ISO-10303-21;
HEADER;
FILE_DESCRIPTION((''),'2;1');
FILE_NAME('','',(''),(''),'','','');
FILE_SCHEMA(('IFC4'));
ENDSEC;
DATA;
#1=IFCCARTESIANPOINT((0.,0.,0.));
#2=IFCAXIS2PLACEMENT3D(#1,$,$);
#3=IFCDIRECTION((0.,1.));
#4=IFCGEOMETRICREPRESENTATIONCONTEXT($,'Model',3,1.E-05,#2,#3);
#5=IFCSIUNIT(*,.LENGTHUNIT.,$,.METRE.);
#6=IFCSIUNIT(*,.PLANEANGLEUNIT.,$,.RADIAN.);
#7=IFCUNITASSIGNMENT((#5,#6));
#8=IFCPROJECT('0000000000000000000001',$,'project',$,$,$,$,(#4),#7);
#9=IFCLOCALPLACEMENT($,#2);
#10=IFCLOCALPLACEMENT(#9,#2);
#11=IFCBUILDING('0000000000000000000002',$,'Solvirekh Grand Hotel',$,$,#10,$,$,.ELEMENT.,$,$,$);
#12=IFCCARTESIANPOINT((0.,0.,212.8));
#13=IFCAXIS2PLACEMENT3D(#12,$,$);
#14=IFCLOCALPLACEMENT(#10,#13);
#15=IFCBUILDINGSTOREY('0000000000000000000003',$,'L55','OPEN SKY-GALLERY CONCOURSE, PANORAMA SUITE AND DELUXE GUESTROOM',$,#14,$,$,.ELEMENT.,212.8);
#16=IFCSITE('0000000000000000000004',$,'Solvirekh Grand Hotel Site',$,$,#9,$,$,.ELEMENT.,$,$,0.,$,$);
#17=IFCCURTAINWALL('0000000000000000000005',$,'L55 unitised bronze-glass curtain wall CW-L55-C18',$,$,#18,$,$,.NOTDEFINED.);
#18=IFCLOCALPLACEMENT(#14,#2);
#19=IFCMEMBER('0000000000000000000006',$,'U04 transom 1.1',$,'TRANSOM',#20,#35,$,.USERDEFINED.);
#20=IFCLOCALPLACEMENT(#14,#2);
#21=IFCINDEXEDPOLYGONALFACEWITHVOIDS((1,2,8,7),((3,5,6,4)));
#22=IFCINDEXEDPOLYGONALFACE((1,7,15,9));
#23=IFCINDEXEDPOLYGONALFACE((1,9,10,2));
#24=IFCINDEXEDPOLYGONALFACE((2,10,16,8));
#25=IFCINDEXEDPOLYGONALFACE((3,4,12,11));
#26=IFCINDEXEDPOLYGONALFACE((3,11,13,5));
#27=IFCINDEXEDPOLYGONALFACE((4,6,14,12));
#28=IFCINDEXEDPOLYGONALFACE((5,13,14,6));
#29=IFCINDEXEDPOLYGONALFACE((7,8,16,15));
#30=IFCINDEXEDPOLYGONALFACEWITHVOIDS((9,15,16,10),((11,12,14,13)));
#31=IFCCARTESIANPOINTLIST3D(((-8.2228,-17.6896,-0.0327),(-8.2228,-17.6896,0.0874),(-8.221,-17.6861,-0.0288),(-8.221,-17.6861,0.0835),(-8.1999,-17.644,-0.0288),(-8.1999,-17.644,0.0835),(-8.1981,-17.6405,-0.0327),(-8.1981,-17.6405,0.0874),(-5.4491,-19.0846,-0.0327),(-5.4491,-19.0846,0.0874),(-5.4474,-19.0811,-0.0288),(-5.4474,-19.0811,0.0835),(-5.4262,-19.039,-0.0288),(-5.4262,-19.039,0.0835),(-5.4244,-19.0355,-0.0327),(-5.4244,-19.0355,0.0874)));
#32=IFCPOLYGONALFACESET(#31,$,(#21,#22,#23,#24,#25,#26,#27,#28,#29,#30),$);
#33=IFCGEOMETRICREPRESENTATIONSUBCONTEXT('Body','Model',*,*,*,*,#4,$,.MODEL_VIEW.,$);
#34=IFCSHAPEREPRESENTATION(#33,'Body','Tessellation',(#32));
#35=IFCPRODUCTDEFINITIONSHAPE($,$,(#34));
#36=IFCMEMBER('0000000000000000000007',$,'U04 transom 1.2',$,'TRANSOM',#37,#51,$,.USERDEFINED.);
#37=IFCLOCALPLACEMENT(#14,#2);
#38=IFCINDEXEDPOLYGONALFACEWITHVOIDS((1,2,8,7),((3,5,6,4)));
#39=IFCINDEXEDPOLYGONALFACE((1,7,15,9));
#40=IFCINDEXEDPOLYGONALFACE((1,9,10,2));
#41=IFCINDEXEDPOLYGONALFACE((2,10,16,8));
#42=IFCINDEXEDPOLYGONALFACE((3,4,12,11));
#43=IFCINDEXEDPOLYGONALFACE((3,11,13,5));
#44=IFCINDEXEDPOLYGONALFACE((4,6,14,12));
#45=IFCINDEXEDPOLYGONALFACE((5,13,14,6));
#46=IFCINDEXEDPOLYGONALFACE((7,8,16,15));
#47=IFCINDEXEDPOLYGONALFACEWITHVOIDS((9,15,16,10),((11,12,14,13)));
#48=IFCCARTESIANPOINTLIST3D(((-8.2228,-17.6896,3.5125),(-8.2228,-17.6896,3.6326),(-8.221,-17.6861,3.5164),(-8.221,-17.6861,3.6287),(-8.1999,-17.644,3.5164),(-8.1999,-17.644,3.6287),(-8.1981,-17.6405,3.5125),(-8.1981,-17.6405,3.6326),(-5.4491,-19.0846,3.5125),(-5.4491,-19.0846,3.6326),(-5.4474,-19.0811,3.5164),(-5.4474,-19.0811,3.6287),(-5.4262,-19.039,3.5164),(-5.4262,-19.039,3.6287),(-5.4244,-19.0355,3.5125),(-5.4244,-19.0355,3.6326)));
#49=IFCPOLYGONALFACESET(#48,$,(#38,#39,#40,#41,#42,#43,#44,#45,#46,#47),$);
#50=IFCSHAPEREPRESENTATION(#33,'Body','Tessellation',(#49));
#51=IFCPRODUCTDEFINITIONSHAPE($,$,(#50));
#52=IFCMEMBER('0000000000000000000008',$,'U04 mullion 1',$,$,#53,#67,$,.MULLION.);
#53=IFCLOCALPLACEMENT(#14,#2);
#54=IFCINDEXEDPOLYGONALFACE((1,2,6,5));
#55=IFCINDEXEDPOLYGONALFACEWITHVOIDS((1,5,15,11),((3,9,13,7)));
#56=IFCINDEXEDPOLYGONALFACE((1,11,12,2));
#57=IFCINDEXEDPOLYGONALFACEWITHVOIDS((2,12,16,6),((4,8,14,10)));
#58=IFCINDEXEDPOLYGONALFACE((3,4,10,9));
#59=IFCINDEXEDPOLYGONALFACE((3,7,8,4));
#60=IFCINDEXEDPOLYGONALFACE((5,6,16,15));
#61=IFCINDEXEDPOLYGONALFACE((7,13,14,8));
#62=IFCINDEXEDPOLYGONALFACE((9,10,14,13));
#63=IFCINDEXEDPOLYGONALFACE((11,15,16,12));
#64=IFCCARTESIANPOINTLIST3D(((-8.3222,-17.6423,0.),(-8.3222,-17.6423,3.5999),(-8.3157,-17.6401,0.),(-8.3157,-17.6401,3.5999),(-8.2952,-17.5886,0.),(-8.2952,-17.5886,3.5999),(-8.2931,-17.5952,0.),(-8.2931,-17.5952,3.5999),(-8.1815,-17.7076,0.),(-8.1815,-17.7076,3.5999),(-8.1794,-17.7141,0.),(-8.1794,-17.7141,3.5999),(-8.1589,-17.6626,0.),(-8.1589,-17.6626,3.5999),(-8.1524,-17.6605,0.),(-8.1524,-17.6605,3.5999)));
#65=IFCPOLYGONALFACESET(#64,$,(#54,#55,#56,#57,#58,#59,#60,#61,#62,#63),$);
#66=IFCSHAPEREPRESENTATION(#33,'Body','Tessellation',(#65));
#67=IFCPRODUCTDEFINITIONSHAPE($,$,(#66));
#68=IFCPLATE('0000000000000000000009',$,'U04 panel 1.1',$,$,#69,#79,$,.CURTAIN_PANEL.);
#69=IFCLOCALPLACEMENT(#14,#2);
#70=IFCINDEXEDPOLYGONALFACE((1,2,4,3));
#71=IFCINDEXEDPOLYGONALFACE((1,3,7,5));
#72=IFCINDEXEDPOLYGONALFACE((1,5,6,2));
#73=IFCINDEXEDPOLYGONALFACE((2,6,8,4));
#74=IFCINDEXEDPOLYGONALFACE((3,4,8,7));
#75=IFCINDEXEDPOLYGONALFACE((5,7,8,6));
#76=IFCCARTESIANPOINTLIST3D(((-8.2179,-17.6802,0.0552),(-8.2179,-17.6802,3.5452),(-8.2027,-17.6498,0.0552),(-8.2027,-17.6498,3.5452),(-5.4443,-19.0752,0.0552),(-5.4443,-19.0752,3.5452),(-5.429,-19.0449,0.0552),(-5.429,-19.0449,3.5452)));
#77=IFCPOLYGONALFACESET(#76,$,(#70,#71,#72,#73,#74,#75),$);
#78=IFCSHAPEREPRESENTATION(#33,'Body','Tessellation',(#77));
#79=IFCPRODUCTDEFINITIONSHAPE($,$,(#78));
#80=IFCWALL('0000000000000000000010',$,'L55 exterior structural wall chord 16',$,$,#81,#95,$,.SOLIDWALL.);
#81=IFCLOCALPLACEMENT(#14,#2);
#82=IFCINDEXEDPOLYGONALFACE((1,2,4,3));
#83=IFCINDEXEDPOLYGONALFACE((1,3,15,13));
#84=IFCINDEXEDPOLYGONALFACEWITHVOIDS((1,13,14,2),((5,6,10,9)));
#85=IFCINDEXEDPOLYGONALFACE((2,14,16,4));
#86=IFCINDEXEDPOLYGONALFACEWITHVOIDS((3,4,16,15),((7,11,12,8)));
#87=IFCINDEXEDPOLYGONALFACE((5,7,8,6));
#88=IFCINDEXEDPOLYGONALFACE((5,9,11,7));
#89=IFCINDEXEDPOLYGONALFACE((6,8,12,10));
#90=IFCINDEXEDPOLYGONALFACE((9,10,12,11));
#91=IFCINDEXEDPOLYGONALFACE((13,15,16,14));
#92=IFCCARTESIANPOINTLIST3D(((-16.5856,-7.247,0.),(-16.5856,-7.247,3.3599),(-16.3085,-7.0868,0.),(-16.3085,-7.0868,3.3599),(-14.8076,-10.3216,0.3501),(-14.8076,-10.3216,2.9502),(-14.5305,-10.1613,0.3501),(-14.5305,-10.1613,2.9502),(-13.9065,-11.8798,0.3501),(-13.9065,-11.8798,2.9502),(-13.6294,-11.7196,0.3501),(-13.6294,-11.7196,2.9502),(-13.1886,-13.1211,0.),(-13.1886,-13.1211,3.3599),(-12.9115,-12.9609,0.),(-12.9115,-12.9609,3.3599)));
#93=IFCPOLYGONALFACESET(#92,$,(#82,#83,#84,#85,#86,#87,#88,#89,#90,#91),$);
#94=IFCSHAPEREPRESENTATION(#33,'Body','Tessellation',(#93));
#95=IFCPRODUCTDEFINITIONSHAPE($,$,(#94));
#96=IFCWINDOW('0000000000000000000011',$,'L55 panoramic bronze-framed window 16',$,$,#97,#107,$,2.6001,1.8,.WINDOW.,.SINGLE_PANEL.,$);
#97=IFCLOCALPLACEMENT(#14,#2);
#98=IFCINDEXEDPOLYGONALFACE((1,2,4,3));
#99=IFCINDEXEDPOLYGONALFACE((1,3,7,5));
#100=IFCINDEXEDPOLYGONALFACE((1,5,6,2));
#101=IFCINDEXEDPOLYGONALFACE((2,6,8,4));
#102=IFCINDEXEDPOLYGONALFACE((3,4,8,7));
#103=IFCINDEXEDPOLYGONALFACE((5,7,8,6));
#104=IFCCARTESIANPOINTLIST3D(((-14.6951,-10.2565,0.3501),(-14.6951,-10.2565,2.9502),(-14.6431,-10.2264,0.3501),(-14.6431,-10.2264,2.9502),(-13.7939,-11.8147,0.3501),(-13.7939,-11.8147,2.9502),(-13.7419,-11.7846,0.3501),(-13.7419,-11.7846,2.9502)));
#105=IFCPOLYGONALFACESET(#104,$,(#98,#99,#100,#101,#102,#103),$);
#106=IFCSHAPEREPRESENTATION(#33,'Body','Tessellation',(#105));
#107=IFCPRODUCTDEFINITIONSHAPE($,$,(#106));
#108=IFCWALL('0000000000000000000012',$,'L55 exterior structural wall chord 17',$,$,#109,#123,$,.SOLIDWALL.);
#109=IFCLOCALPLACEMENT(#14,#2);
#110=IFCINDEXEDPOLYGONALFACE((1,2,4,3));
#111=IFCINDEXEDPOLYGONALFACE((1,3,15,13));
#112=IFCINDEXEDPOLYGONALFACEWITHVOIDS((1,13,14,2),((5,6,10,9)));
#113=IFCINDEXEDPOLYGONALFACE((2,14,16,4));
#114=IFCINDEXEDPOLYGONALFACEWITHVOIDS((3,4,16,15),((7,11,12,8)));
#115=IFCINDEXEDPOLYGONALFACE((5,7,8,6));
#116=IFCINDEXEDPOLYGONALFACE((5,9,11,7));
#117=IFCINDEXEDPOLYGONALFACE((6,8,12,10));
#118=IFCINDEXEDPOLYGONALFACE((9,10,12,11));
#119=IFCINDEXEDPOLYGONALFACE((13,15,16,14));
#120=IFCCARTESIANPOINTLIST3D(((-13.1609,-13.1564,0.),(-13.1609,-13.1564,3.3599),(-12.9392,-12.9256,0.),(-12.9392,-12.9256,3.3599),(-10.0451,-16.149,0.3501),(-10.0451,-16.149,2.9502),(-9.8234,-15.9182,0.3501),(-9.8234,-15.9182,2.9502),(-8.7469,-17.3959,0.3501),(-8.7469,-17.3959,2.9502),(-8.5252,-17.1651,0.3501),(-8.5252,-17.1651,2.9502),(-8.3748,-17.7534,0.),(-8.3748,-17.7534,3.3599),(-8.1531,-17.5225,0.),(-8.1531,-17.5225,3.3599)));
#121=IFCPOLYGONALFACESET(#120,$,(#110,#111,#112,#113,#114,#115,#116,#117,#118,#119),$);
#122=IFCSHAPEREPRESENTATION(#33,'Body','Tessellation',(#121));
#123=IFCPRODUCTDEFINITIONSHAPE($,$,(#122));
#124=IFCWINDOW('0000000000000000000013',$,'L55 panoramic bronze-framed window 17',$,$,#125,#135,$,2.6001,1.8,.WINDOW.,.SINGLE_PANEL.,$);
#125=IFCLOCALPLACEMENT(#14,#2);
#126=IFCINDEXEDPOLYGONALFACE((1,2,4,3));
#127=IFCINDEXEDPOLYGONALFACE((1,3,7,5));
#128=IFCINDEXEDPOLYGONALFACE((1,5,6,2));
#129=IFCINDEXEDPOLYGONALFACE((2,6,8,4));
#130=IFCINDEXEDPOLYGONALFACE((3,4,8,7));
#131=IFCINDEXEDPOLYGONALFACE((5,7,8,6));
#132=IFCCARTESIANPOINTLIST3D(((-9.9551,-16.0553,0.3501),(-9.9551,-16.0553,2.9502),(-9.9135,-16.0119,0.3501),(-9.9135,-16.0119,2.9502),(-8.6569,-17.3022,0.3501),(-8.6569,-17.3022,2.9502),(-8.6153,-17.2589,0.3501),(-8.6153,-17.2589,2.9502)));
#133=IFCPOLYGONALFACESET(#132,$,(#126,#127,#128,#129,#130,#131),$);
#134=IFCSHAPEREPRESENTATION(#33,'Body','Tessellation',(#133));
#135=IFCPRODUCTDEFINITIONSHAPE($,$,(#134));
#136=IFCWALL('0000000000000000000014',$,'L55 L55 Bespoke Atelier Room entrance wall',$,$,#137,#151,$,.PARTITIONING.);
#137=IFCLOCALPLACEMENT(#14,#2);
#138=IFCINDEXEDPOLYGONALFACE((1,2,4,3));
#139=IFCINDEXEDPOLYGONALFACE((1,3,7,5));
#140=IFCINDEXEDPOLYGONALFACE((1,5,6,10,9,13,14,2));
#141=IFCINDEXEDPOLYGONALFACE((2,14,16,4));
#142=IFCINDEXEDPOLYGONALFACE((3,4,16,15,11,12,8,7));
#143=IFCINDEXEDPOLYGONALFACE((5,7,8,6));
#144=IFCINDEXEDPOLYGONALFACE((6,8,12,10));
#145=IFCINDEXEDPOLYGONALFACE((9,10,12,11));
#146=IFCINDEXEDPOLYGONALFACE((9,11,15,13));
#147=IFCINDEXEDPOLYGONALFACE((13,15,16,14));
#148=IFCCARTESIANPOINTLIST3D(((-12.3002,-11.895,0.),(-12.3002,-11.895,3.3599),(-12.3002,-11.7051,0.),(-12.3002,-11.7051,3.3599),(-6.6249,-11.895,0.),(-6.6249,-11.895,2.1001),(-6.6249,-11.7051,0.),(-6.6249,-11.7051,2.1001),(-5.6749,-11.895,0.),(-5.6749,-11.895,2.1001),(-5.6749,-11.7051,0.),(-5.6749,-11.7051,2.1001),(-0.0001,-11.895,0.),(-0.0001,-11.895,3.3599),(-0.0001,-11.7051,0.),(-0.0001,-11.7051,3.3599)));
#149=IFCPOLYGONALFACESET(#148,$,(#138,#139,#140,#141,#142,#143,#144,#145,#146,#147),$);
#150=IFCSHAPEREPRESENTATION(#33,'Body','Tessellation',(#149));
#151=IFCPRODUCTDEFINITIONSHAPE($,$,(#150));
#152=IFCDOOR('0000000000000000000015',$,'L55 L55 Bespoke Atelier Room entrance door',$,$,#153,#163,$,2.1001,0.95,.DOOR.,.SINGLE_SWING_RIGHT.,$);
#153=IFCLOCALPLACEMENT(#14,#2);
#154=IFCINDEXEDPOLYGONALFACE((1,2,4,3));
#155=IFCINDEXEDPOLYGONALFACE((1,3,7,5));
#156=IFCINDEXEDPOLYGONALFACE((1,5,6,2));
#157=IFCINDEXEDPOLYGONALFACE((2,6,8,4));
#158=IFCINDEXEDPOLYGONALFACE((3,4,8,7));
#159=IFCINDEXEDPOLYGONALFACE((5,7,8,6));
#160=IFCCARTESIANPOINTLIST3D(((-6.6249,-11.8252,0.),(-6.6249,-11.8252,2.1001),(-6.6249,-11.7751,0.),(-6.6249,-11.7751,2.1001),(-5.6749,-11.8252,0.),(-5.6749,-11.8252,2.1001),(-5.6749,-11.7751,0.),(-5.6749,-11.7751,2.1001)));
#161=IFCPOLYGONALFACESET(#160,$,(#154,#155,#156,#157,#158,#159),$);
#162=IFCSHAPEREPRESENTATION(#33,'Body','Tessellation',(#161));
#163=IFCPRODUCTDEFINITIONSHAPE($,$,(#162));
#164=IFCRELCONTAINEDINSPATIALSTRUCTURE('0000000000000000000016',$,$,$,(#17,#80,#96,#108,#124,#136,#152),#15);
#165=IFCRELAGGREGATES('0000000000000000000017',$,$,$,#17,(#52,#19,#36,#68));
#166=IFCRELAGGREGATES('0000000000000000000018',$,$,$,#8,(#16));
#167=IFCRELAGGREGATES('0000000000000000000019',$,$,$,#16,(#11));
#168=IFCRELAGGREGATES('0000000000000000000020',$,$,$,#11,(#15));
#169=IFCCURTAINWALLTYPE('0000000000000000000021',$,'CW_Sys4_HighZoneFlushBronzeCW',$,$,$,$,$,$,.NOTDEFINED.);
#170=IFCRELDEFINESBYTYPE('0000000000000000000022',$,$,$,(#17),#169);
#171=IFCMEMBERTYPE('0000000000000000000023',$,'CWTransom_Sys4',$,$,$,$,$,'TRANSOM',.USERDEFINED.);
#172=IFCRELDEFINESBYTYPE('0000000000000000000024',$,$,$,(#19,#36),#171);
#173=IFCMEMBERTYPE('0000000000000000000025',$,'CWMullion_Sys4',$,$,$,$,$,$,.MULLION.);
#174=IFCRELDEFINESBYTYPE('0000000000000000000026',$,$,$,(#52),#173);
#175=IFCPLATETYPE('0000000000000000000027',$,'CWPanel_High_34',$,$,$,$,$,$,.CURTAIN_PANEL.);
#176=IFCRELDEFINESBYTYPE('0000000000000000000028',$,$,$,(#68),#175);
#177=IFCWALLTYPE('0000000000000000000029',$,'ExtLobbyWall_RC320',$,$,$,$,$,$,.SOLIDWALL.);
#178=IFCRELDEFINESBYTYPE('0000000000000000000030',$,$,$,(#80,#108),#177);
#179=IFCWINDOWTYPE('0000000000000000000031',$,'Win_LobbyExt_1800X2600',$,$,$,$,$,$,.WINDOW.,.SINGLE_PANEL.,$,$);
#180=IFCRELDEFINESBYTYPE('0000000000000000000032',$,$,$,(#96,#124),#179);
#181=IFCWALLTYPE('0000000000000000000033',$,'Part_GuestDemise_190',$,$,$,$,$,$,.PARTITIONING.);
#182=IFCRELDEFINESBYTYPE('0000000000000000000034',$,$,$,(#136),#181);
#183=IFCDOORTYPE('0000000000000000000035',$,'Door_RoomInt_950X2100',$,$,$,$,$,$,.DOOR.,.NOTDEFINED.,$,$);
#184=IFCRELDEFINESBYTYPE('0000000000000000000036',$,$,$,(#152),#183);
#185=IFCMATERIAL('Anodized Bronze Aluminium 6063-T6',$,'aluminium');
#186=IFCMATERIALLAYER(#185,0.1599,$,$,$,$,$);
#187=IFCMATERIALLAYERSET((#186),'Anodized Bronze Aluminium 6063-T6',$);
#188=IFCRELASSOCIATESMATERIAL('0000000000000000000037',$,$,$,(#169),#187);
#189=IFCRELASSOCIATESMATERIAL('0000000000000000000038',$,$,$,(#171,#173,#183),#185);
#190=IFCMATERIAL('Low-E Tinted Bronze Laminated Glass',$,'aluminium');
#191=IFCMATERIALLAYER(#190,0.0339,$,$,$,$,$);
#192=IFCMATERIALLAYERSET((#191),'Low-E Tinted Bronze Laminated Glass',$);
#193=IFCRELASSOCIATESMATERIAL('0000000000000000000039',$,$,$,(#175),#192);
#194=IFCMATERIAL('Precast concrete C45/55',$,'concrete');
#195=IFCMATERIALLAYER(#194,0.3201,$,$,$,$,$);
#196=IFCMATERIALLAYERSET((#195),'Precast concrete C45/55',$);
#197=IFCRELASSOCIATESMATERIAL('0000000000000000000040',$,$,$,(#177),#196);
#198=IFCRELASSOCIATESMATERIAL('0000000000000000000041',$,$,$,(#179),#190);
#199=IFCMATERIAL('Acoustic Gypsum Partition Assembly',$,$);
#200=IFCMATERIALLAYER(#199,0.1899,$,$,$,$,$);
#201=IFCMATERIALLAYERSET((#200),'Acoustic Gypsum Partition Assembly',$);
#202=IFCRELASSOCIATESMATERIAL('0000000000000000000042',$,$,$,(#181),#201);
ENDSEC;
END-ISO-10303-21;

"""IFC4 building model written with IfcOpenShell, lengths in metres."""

from ifc_helpers import new_model, si_unit, direction, frame, frame_2d, origin, origin_2d, place, context, subcontext, project, spatial, rectangle, hollow_rectangle, extrude, source, transform, mapped, material, layer, layer_set, material_profile, profile_set, type_object, element, fill, aggregate, save


model = new_model("IFC4")

# Units and contexts
model_context = context("Model", 3, precision=1e-05, world=origin(), true_north=direction((0.0, 1.0)))
body_context = subcontext(model_context, "Body", "Model", "MODEL_VIEW")
ifc_project = project(units=[si_unit("LENGTHUNIT", "METRE"), si_unit("PLANEANGLEUNIT", "RADIAN")], contexts=[model_context])

# Site, building, storey
site_placement = place(None, origin())
site = spatial("IfcSite", under=ifc_project, at=site_placement, Name="Solvirekh Grand Hotel Site", CompositionType="ELEMENT", RefElevation=0.0)
building_placement = place(site_placement, origin())
building = spatial("IfcBuilding", under=site, at=building_placement, Name="Solvirekh Grand Hotel", CompositionType="ELEMENT")
storey_placement = place(building_placement, frame((0.0, 0.0, 212.8)))
storey = spatial("IfcBuildingStorey", under=building, at=storey_placement, Name="L55", Description="OPEN SKY-GALLERY CONCOURSE, PANORAMA SUITE AND DELUXE GUESTROOM", CompositionType="ELEMENT", Elevation=212.8)

# Curtain wall, members, plate
ifc_material_1 = material(Name="Anodized Bronze Aluminium 6063-T6", Category="aluminium")
ifc_layer_1 = layer(ifc_material_1, 0.1599)
ifc_layer_set_1 = layer_set([ifc_layer_1], Name="Anodized Bronze Aluminium 6063-T6")
curtain_wall_type = type_object("IfcCurtainWallType", Name="CW_Sys4_HighZoneFlushBronzeCW", PredefinedType="NOTDEFINED", material=ifc_layer_set_1)
curtain_wall_placement = place(storey_placement, origin())
curtain_wall = element("IfcCurtainWall", 1, at=curtain_wall_placement, inside=storey, type_object=curtain_wall_type, Name="L55 unitised bronze-glass curtain wall CW-L55-C18", PredefinedType="NOTDEFINED")
ifc_material_profile_1 = material_profile(ifc_material_1, hollow_rectangle(XDim=0.0549, YDim=0.1201, WallThickness=0.0039, at=origin_2d()), Name="ALU RHS 120X55X4")
ifc_profile_set_1 = profile_set([ifc_material_profile_1], Name="Anodized Bronze Aluminium 6063-T6")
member_type_1 = type_object("IfcMemberType", Name="CWTransom_Sys4", ElementType="TRANSOM", PredefinedType="USERDEFINED", material=ifc_profile_set_1)
shared_shape_1 = source(origin(), body_context, "Body", "SweptSolid", [
    extrude(hollow_rectangle(XDim=0.0549, YDim=0.1201, WallThickness=0.0039, at=origin_2d()), origin(), (0.0, 0.0, 1.0), 3.1047),
])
member_1_placement = place(storey_placement, frame((-8.2104, -17.665, 0.0273), z_axis=(0.893371, -0.44932, 0.0), x_axis=(0.44932, 0.893371, 0.0)))
member_1 = element("IfcMember", 2, at=member_1_placement, type_object=member_type_1, Name="U04 transom 1.1", ObjectType="TRANSOM", PredefinedType="USERDEFINED", context=body_context, shape_type="MappedRepresentation", body=[
    mapped(shared_shape_1, transform((0.0, 0.0, 0.0), x_axis=(1.0, 0.0, 0.0), y_axis=(0.0, 1.0, 0.0), z_axis=(0.0, 0.0, 1.0), scale=1.0)),
])
member_2_placement = place(storey_placement, frame((-8.2104, -17.665, 3.5725), z_axis=(0.893371, -0.44932, 0.0), x_axis=(0.44932, 0.893371, 0.0)))
member_2 = element("IfcMember", 3, at=member_2_placement, type_object=member_type_1, Name="U04 transom 1.2", ObjectType="TRANSOM", PredefinedType="USERDEFINED", context=body_context, shape_type="MappedRepresentation", body=[
    mapped(shared_shape_1, transform((0.0, 0.0, 0.0), x_axis=(1.0, 0.0, 0.0), y_axis=(0.0, 1.0, 0.0), z_axis=(0.0, 0.0, 1.0), scale=1.0)),
])
ifc_material_profile_2 = material_profile(ifc_material_1, hollow_rectangle(XDim=0.0601, YDim=0.1599, WallThickness=0.0049, at=origin_2d()), Name="ALU RHS 160X60X5")
ifc_profile_set_2 = profile_set([ifc_material_profile_2], Name="Anodized Bronze Aluminium 6063-T6")
member_type_2 = type_object("IfcMemberType", Name="CWMullion_Sys4", PredefinedType="MULLION", material=ifc_profile_set_2)
shared_shape_2 = source(origin(), body_context, "Body", "SweptSolid", [
    extrude(hollow_rectangle(XDim=0.0601, YDim=0.1599, WallThickness=0.0049, at=origin_2d()), origin(), (0.0, 0.0, 1.0), 3.5999),
])
member_3_placement = place(storey_placement, frame((-8.2373, -17.6514, 0.0), z_axis=(0.0, 0.0, 1.0), x_axis=(0.449341, 0.89336, 0.0)))
member_3 = element("IfcMember", 4, at=member_3_placement, type_object=member_type_2, Name="U04 mullion 1", PredefinedType="MULLION", context=body_context, shape_type="MappedRepresentation", body=[
    mapped(shared_shape_2, transform((0.0, 0.0, 0.0), x_axis=(1.0, 0.0, 0.0), y_axis=(0.0, 1.0, 0.0), z_axis=(0.0, 0.0, 1.0), scale=1.0)),
])
ifc_material_2 = material(Name="Low-E Tinted Bronze Laminated Glass", Category="aluminium")
ifc_layer_2 = layer(ifc_material_2, 0.0339)
ifc_layer_set_2 = layer_set([ifc_layer_2], Name="Low-E Tinted Bronze Laminated Glass")
plate_type = type_object("IfcPlateType", Name="CWPanel_High_34", PredefinedType="CURTAIN_PANEL", material=ifc_layer_set_2)
shared_shape_3 = source(origin(), body_context, "Body", "SweptSolid", [
    extrude(rectangle(XDim=3.1047, YDim=0.0339, at=origin_2d()), origin(), (0.0, 0.0, 1.0), 3.49),
])
plate_placement = place(storey_placement, frame((-6.8235, -18.3625, 0.0552), z_axis=(0.0, 0.0, 1.0), x_axis=(0.89336, -0.449341, 0.0)))
plate = element("IfcPlate", 5, at=plate_placement, type_object=plate_type, Name="U04 panel 1.1", PredefinedType="CURTAIN_PANEL", context=body_context, shape_type="MappedRepresentation", body=[
    mapped(shared_shape_3, transform((0.0, 0.0, 0.0), x_axis=(1.0, 0.0, 0.0), y_axis=(0.0, 1.0, 0.0), z_axis=(0.0, 0.0, 1.0), scale=1.0)),
])
aggregate(curtain_wall, [member_3, member_1, member_2, plate])

# Walls, openings, windows
ifc_material_3 = material(Name="Precast concrete C45/55", Category="concrete")
ifc_layer_3 = layer(ifc_material_3, 0.3201)
ifc_layer_set_3 = layer_set([ifc_layer_3], Name="Precast concrete C45/55")
wall_type_1 = type_object("IfcWallType", Name="ExtLobbyWall_RC320", PredefinedType="SOLIDWALL", material=ifc_layer_set_3)
wall_1_placement = place(storey_placement, frame((-13.05, -13.041, 0.0), z_axis=(0.0, 0.0, 1.0), x_axis=(-0.500619, 0.865668, 0.0)))
wall_1 = element("IfcWall", 6, at=wall_1_placement, inside=storey, type_object=wall_type_1, Name="L55 exterior structural wall chord 16", PredefinedType="SOLIDWALL", context=body_context, shape_type="SweptSolid", body=[
    extrude(rectangle(XDim=6.7856, YDim=0.3201, at=frame_2d((3.3928, 0.0))), origin(), (0.0, 0.0, 1.0), 3.3599),
])
opening_1_placement = place(wall_1_placement, frame((1.4341, 0.0, 0.3501)))
opening_1 = element("IfcOpeningElement", 7, at=opening_1_placement, cuts=wall_1, PredefinedType="OPENING", context=body_context, shape_type="SweptSolid", body=[
    extrude(rectangle(XDim=1.8, YDim=2.6001, at=frame_2d((0.8999, 1.3))), frame((0.0, 0.1699, 0.0), z_axis=(0.0, -1.0, 0.0), x_axis=(1.0, 0.0, 0.0)), (0.0, 0.0, 1.0), 0.3401),
])
window_type = type_object("IfcWindowType", Name="Win_LobbyExt_1800X2600", PartitioningType="SINGLE_PANEL", PredefinedType="WINDOW", material=ifc_material_2)
window_1_placement = place(opening_1_placement, origin())
window_1 = element("IfcWindow", 8, at=window_1_placement, inside=storey, type_object=window_type, Name="L55 panoramic bronze-framed window 16", OverallHeight=2.6001, OverallWidth=1.8, PartitioningType="SINGLE_PANEL", PredefinedType="WINDOW", context=body_context, shape_type="SweptSolid", body=[
    extrude(rectangle(XDim=1.8, YDim=2.6001, at=frame_2d((0.8999, 1.3))), frame((0.0, 0.03, 0.0), z_axis=(0.0, -1.0, 0.0), x_axis=(1.0, 0.0, 0.0)), (0.0, 0.0, 1.0), 0.0601),
])
fill(opening_1, window_1)
wall_2_placement = place(storey_placement, frame((-8.2639, -17.6379, 0.0), z_axis=(0.0, 0.0, 1.0), x_axis=(-0.721219, 0.692707, 0.0)))
wall_2 = element("IfcWall", 9, at=wall_2_placement, inside=storey, type_object=wall_type_1, Name="L55 exterior structural wall chord 17", PredefinedType="SOLIDWALL", context=body_context, shape_type="SweptSolid", body=[
    extrude(rectangle(XDim=6.6362, YDim=0.3201, at=frame_2d((3.3181, 0.0))), origin(), (0.0, 0.0, 1.0), 3.3599),
])
opening_2_placement = place(wall_2_placement, frame((0.5161, 0.0, 0.3501)))
opening_2 = element("IfcOpeningElement", 10, at=opening_2_placement, cuts=wall_2, PredefinedType="OPENING", context=body_context, shape_type="SweptSolid", body=[
    extrude(rectangle(XDim=1.8, YDim=2.6001, at=frame_2d((0.8999, 1.3))), frame((0.0, 0.1699, 0.0), z_axis=(0.0, -1.0, 0.0), x_axis=(1.0, 0.0, 0.0)), (0.0, 0.0, 1.0), 0.3401),
])
window_2_placement = place(opening_2_placement, origin())
window_2 = element("IfcWindow", 11, at=window_2_placement, inside=storey, type_object=window_type, Name="L55 panoramic bronze-framed window 17", OverallHeight=2.6001, OverallWidth=1.8, PartitioningType="SINGLE_PANEL", PredefinedType="WINDOW", context=body_context, shape_type="SweptSolid", body=[
    extrude(rectangle(XDim=1.8, YDim=2.6001, at=frame_2d((0.8999, 1.3))), frame((0.0, 0.03, 0.0), z_axis=(0.0, -1.0, 0.0), x_axis=(1.0, 0.0, 0.0)), (0.0, 0.0, 1.0), 0.0601),
])
fill(opening_2, window_2)

# Wall, opening, door
ifc_material_4 = material(Name="Acoustic Gypsum Partition Assembly")
ifc_layer_4 = layer(ifc_material_4, 0.1899)
ifc_layer_set_4 = layer_set([ifc_layer_4], Name="Acoustic Gypsum Partition Assembly")
wall_type_2 = type_object("IfcWallType", Name="Part_GuestDemise_190", PredefinedType="PARTITIONING", material=ifc_layer_set_4)
wall_3_placement = place(storey_placement, frame((-12.3, -11.8, 0.0), z_axis=(0.0, 0.0, 1.0), x_axis=(1.0, 0.0, 0.0)))
wall_3 = element("IfcWall", 12, at=wall_3_placement, inside=storey, type_object=wall_type_2, Name="L55 L55 Bespoke Atelier Room entrance wall", PredefinedType="PARTITIONING", context=body_context, shape_type="SweptSolid", body=[
    extrude(rectangle(XDim=12.3, YDim=0.1899, at=frame_2d((6.1499, 0.0))), origin(), (0.0, 0.0, 1.0), 3.3599),
])
opening_3_placement = place(wall_3_placement, frame((5.675, 0.0, 0.0)))
opening_3 = element("IfcOpeningElement", 13, at=opening_3_placement, cuts=wall_3, PredefinedType="OPENING", context=body_context, shape_type="SweptSolid", body=[
    extrude(rectangle(XDim=0.95, YDim=2.1001, at=frame_2d((0.4751, 1.05))), frame((0.0, 0.105, 0.0), z_axis=(0.0, -1.0, 0.0), x_axis=(1.0, 0.0, 0.0)), (0.0, 0.0, 1.0), 0.21),
])
door_type = type_object("IfcDoorType", Name="Door_RoomInt_950X2100", OperationType="NOTDEFINED", PredefinedType="DOOR", material=ifc_material_1)
door_1_placement = place(opening_3_placement, origin())
door_1 = element("IfcDoor", 14, at=door_1_placement, inside=storey, type_object=door_type, Name="L55 L55 Bespoke Atelier Room entrance door", OperationType="SINGLE_SWING_RIGHT", OverallHeight=2.1001, OverallWidth=0.95, PredefinedType="DOOR", context=body_context, shape_type="SweptSolid", body=[
    extrude(rectangle(XDim=0.95, YDim=2.1001, at=frame_2d((0.4751, 1.05))), frame((0.0, 0.0249, 0.0), z_axis=(0.0, -1.0, 0.0), x_axis=(1.0, 0.0, 0.0)), (0.0, 0.0, 1.0), 0.05),
])
fill(opening_3, door_1)

save(model, "model.ifc")
